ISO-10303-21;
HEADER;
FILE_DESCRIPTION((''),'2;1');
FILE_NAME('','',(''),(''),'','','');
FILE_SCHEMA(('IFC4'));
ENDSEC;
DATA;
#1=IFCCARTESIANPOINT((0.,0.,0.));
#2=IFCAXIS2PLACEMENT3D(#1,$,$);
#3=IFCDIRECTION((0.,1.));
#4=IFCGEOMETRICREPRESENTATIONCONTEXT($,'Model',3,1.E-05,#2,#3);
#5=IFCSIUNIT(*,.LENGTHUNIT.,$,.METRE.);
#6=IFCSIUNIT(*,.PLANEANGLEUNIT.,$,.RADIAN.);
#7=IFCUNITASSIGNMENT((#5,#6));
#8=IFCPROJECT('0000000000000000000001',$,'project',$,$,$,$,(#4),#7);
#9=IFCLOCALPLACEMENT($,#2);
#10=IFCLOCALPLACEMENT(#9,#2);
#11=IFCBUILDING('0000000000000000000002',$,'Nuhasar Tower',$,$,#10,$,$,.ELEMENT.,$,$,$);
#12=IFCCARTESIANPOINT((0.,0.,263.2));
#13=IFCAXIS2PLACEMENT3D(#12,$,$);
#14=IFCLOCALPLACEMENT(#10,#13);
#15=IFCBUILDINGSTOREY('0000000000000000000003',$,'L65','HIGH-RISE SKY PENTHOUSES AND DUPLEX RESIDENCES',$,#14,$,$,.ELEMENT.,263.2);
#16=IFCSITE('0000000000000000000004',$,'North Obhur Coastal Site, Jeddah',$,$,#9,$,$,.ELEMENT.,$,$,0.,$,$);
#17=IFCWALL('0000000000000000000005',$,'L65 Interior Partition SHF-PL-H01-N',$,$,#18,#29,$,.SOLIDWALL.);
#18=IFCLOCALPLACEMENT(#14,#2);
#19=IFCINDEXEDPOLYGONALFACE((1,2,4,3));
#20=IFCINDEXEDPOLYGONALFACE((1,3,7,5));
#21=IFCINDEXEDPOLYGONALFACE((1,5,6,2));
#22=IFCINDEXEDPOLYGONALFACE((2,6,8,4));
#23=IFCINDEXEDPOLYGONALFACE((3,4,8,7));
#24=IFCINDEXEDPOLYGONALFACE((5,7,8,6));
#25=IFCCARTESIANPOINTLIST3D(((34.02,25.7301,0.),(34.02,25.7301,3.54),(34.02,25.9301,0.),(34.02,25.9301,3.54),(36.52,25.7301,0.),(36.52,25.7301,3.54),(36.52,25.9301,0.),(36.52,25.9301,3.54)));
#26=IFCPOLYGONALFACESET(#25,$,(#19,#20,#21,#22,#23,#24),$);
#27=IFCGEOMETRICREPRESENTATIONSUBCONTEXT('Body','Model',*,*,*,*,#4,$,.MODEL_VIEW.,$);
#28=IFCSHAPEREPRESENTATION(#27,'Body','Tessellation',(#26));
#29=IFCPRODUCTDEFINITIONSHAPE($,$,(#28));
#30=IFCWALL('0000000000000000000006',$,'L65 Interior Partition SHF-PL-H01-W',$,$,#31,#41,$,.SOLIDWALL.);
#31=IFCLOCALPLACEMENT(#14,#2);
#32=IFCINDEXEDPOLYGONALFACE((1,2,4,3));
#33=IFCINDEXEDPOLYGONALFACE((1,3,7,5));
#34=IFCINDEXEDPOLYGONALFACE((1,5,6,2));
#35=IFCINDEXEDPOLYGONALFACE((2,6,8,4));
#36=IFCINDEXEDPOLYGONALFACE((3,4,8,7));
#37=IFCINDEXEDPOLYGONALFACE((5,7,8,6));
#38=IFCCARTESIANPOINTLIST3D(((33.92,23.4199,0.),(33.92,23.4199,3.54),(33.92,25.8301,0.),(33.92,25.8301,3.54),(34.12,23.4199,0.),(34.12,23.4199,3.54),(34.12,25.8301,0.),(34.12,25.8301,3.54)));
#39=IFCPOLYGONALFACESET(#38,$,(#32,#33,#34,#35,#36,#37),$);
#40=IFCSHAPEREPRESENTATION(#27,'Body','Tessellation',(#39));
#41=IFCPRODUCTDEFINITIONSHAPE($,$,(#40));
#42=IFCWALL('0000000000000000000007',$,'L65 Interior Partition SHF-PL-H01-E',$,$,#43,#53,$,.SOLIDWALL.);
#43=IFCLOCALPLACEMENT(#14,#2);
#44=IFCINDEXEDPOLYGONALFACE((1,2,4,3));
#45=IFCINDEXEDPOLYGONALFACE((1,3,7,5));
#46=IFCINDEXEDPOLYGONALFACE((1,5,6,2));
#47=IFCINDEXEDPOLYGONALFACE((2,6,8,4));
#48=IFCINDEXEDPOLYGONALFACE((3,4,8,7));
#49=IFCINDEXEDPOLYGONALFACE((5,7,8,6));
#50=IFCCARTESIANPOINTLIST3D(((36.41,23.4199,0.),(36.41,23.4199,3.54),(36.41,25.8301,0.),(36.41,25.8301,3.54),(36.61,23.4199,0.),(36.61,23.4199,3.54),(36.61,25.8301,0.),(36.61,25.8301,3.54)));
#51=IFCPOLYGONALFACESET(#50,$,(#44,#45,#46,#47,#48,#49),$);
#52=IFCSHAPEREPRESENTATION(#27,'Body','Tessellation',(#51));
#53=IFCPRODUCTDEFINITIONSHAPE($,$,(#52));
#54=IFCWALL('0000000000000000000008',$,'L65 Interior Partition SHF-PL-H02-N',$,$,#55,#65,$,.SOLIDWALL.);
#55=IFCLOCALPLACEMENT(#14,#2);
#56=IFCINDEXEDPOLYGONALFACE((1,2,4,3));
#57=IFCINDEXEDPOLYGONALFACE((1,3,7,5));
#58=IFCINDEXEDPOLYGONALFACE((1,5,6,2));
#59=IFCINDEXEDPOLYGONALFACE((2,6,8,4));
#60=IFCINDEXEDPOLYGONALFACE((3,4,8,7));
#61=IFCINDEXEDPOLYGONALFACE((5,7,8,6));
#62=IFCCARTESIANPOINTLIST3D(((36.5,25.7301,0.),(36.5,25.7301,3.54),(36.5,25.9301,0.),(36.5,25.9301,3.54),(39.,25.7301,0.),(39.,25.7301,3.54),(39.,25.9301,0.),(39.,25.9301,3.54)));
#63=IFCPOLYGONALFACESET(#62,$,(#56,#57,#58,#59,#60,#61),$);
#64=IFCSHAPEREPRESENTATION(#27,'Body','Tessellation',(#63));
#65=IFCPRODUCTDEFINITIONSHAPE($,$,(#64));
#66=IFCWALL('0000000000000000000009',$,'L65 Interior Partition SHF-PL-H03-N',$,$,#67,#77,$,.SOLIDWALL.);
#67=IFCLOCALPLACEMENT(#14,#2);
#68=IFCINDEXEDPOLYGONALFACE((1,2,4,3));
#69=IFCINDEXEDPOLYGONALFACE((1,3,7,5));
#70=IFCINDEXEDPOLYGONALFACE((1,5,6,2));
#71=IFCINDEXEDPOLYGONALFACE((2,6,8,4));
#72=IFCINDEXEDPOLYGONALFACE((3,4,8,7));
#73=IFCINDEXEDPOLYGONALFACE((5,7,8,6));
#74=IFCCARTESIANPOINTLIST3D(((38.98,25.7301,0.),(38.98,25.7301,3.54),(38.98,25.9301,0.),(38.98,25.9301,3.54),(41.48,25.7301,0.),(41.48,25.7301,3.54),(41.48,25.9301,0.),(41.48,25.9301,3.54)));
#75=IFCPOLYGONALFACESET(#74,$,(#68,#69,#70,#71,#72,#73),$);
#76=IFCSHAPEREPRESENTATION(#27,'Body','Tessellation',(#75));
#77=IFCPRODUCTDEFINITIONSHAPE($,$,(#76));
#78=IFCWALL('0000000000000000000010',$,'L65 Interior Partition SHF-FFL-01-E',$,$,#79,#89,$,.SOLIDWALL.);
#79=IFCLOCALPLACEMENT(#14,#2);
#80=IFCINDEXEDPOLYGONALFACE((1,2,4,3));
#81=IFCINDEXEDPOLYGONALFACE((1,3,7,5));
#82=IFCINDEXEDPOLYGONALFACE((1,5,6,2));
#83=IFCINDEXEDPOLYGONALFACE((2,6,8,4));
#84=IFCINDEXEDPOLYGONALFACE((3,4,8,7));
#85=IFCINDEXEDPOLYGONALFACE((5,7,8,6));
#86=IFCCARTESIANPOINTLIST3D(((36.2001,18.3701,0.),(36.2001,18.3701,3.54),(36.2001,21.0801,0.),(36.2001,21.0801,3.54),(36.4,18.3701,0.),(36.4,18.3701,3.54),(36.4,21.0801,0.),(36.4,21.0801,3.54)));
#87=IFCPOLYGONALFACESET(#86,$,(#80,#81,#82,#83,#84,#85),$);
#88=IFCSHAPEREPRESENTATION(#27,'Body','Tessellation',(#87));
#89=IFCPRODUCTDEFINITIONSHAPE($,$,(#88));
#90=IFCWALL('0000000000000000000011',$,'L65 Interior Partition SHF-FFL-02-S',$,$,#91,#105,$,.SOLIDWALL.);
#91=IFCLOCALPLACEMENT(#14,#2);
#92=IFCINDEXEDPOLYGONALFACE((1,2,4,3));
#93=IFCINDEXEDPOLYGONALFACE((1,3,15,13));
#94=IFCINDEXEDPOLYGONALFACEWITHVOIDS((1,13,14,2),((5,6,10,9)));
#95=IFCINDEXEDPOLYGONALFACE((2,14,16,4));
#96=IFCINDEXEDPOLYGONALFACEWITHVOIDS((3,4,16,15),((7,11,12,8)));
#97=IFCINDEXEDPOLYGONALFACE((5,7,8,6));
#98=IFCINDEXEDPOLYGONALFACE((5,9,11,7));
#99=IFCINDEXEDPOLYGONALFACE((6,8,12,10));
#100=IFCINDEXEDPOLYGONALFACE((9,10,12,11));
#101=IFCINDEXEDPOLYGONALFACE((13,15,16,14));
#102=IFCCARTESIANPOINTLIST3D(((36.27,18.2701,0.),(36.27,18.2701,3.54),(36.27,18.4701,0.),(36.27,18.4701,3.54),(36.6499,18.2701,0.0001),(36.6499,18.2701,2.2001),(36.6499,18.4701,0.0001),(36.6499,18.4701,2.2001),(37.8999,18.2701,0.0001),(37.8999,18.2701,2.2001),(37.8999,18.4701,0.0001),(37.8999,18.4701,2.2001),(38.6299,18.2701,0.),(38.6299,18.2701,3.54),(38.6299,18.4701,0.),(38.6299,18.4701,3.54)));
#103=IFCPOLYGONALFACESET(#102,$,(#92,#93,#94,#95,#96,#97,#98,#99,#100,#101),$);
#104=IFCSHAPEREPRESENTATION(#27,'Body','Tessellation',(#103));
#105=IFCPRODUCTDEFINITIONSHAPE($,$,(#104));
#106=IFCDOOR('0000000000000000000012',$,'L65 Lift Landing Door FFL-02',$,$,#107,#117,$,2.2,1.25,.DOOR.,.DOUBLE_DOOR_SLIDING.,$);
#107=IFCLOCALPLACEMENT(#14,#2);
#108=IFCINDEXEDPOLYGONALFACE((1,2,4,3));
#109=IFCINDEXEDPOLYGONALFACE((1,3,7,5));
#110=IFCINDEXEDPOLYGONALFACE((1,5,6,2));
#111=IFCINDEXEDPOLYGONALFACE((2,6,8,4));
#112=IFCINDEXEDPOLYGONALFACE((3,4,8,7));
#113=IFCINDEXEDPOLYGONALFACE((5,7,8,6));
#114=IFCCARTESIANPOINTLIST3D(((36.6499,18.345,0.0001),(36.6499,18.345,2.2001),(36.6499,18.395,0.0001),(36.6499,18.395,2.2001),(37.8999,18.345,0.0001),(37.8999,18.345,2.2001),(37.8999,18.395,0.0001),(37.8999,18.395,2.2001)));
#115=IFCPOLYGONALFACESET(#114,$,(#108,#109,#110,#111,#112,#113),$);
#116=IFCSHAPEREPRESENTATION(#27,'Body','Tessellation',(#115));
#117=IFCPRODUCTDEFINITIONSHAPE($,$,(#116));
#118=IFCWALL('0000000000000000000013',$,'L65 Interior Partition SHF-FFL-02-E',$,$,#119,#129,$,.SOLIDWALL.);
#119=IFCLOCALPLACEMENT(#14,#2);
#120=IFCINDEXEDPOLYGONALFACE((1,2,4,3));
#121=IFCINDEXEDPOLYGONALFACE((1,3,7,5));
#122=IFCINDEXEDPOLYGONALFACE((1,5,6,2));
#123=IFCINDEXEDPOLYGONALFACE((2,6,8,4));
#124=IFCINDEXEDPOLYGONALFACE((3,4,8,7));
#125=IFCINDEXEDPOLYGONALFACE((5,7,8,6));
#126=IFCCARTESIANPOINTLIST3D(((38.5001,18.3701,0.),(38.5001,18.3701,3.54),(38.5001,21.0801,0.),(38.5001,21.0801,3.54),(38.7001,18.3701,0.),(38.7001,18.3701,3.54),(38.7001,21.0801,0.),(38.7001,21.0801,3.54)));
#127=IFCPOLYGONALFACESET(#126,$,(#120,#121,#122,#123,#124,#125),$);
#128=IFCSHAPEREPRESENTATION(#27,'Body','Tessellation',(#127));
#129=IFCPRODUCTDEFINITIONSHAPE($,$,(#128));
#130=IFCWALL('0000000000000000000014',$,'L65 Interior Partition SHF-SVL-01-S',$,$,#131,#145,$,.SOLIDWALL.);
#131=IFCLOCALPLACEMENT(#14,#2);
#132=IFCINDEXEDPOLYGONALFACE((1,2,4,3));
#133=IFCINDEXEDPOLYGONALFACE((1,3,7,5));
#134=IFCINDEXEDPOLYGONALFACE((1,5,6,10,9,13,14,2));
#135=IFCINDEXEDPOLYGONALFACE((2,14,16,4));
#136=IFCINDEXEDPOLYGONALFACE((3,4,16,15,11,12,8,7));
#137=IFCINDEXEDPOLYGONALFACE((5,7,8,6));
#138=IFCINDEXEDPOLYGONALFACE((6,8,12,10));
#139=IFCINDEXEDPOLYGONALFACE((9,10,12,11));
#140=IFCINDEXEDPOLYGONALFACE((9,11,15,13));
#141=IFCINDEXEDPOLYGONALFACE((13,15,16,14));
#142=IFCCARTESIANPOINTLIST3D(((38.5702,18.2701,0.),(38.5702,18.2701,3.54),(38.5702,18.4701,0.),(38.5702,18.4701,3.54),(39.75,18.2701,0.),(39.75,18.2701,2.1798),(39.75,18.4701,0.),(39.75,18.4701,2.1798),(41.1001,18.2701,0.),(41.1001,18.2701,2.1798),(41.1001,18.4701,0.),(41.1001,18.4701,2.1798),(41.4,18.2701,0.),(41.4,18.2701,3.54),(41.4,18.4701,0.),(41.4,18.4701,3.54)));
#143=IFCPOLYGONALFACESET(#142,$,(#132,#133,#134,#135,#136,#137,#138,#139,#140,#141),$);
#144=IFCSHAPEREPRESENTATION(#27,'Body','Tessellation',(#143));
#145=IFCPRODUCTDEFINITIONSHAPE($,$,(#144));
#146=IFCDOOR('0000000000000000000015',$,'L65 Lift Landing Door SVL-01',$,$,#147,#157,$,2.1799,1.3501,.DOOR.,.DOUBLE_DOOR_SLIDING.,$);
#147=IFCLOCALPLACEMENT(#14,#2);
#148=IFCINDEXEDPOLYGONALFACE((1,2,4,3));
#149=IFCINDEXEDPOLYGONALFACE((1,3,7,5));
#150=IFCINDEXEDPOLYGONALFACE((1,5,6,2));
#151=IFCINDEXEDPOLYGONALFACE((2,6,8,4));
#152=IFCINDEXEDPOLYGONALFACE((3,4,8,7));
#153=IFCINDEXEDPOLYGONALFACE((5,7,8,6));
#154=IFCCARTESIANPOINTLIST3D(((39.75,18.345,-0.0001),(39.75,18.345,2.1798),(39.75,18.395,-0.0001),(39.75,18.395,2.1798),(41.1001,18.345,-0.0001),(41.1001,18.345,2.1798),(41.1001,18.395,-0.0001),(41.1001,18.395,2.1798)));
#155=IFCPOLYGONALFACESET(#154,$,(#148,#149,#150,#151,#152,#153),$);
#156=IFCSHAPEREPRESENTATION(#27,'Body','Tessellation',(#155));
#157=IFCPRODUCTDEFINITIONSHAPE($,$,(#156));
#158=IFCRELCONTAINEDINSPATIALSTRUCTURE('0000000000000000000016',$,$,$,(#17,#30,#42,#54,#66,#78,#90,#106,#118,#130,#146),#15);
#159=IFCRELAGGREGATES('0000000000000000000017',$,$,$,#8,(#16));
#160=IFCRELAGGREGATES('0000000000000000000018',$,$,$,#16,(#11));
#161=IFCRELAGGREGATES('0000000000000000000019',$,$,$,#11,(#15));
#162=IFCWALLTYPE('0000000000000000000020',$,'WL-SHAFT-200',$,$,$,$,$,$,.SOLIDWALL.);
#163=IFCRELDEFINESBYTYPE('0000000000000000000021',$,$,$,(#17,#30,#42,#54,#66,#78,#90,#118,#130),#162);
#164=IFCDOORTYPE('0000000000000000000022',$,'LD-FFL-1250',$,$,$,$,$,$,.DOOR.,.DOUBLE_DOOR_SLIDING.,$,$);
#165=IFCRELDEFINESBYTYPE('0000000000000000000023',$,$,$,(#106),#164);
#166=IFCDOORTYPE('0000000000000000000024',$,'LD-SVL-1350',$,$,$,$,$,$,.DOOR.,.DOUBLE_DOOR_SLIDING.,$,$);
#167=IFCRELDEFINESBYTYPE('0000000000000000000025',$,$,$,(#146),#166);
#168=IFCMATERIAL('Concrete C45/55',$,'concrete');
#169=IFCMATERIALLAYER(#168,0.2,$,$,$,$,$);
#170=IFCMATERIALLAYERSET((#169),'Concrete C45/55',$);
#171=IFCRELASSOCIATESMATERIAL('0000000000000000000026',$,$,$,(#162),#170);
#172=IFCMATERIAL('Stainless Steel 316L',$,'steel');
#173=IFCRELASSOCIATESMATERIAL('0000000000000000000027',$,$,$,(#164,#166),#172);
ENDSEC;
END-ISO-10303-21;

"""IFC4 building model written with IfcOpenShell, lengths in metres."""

from ifc_helpers import new_model, si_unit, direction, frame, frame_2d, origin, place, context, subcontext, project, spatial, rectangle, extrude, material, layer, layer_set, type_object, element, fill, save


model = new_model("IFC4")

# Units and contexts
model_context = context("Model", 3, precision=1e-05, world=origin(), true_north=direction((0.0, 1.0)))
body_context = subcontext(model_context, "Body", "Model", "MODEL_VIEW")
ifc_project = project(units=[si_unit("LENGTHUNIT", "METRE"), si_unit("PLANEANGLEUNIT", "RADIAN")], contexts=[model_context])

# Site, building, storey
site_placement = place(None, origin())
site = spatial("IfcSite", under=ifc_project, at=site_placement, Name="North Obhur Coastal Site, Jeddah", CompositionType="ELEMENT", RefElevation=0.0)
building_placement = place(site_placement, origin())
building = spatial("IfcBuilding", under=site, at=building_placement, Name="Nuhasar Tower", CompositionType="ELEMENT")
storey_placement = place(building_placement, frame((0.0, 0.0, 263.2)))
storey = spatial("IfcBuildingStorey", under=building, at=storey_placement, Name="L65", Description="HIGH-RISE SKY PENTHOUSES AND DUPLEX RESIDENCES", CompositionType="ELEMENT", Elevation=263.2)

# Shared definitions
ifc_material_1 = material(Name="Concrete C45/55", Category="concrete")
ifc_layer = layer(ifc_material_1, 0.2)
ifc_layer_set = layer_set([ifc_layer], Name="Concrete C45/55")
wall_type = type_object("IfcWallType", Name="WL-SHAFT-200", PredefinedType="SOLIDWALL", material=ifc_layer_set)
ifc_material_2 = material(Name="Stainless Steel 316L", Category="steel")

# Walls
wall_1_placement = place(storey_placement, frame((34.02, 25.8301, 0.0), z_axis=(0.0, 0.0, 1.0), x_axis=(1.0, 0.0, 0.0)))
element("IfcWall", 1, at=wall_1_placement, inside=storey, type_object=wall_type, Name="L65 Interior Partition SHF-PL-H01-N", PredefinedType="SOLIDWALL", context=body_context, shape_type="SweptSolid", body=[
    extrude(rectangle(XDim=2.5, YDim=0.2, at=frame_2d((1.25, 0.0))), origin(), (0.0, 0.0, 1.0), 3.54),
])
for number, where, z_axis, x_axis, name in (
    (2, (34.02, 23.4199, 0.0), (0.0, 0.0, 1.0), (0.0, 1.0, 0.0), "L65 Interior Partition SHF-PL-H01-W"),
    (3, (36.51, 23.4199, 0.0), (0.0, 0.0, 1.0), (0.0, 1.0, 0.0), "L65 Interior Partition SHF-PL-H01-E"),
):
    element("IfcWall", number, at=place(storey_placement, frame(where, z_axis=z_axis, x_axis=x_axis)), inside=storey, type_object=wall_type, Name=name, PredefinedType="SOLIDWALL", context=body_context, shape_type="SweptSolid", body=[
        extrude(rectangle(XDim=2.4102, YDim=0.2, at=frame_2d((1.2051, 0.0))), origin(), (0.0, 0.0, 1.0), 3.54),
    ])

# Wall
wall_2_placement = place(storey_placement, frame((36.5, 25.8301, 0.0), z_axis=(0.0, 0.0, 1.0), x_axis=(1.0, 0.0, 0.0)))
element("IfcWall", 4, at=wall_2_placement, inside=storey, type_object=wall_type, Name="L65 Interior Partition SHF-PL-H02-N", PredefinedType="SOLIDWALL", context=body_context, shape_type="SweptSolid", body=[
    extrude(rectangle(XDim=2.5, YDim=0.2, at=frame_2d((1.25, 0.0))), origin(), (0.0, 0.0, 1.0), 3.54),
])

# Walls
wall_3_placement = place(storey_placement, frame((38.98, 25.8301, 0.0), z_axis=(0.0, 0.0, 1.0), x_axis=(1.0, 0.0, 0.0)))
element("IfcWall", 5, at=wall_3_placement, inside=storey, type_object=wall_type, Name="L65 Interior Partition SHF-PL-H03-N", PredefinedType="SOLIDWALL", context=body_context, shape_type="SweptSolid", body=[
    extrude(rectangle(XDim=2.5, YDim=0.2, at=frame_2d((1.25, 0.0))), origin(), (0.0, 0.0, 1.0), 3.54),
])
wall_4_placement = place(storey_placement, frame((36.3, 18.3701, 0.0), z_axis=(0.0, 0.0, 1.0), x_axis=(0.0, 1.0, 0.0)))
element("IfcWall", 6, at=wall_4_placement, inside=storey, type_object=wall_type, Name="L65 Interior Partition SHF-FFL-01-E", PredefinedType="SOLIDWALL", context=body_context, shape_type="SweptSolid", body=[
    extrude(rectangle(XDim=2.71, YDim=0.2, at=frame_2d((1.355, 0.0))), origin(), (0.0, 0.0, 1.0), 3.54),
])

# Wall, opening, door
wall_5_placement = place(storey_placement, frame((36.27, 18.3701, 0.0), z_axis=(0.0, 0.0, 1.0), x_axis=(1.0, 0.0, 0.0)))
wall_5 = element("IfcWall", 7, at=wall_5_placement, inside=storey, type_object=wall_type, Name="L65 Interior Partition SHF-FFL-02-S", PredefinedType="SOLIDWALL", context=body_context, shape_type="SweptSolid", body=[
    extrude(rectangle(XDim=2.3599, YDim=0.2, at=frame_2d((1.1799, 0.0))), origin(), (0.0, 0.0, 1.0), 3.54),
])
opening_1_placement = place(wall_5_placement, frame((0.3799, 0.0, 0.0)))
opening_1 = element("IfcOpeningElement", 8, at=opening_1_placement, cuts=wall_5, PredefinedType="OPENING", context=body_context, shape_type="SweptSolid", body=[
    extrude(rectangle(XDim=1.25, YDim=2.2, at=frame_2d((0.625, 1.1001))), frame((0.0, 0.1099, 0.0), z_axis=(0.0, -1.0, 0.0), x_axis=(1.0, 0.0, 0.0)), (0.0, 0.0, 1.0), 0.22),
])
door_type_1 = type_object("IfcDoorType", Name="LD-FFL-1250", OperationType="DOUBLE_DOOR_SLIDING", PredefinedType="DOOR", material=ifc_material_2)
door_1_placement = place(opening_1_placement, origin())
door_1 = element("IfcDoor", 9, at=door_1_placement, inside=storey, type_object=door_type_1, Name="L65 Lift Landing Door FFL-02", OperationType="DOUBLE_DOOR_SLIDING", OverallHeight=2.2, OverallWidth=1.25, PredefinedType="DOOR", context=body_context, shape_type="SweptSolid", body=[
    extrude(rectangle(XDim=1.25, YDim=2.2, at=frame_2d((0.625, 1.1001))), frame((0.0, 0.0249, 0.0), z_axis=(0.0, -1.0, 0.0), x_axis=(1.0, 0.0, 0.0)), (0.0, 0.0, 1.0), 0.05),
])
fill(opening_1, door_1)

# Wall
wall_6_placement = place(storey_placement, frame((38.6001, 18.3701, 0.0), z_axis=(0.0, 0.0, 1.0), x_axis=(0.0, 1.0, 0.0)))
element("IfcWall", 10, at=wall_6_placement, inside=storey, type_object=wall_type, Name="L65 Interior Partition SHF-FFL-02-E", PredefinedType="SOLIDWALL", context=body_context, shape_type="SweptSolid", body=[
    extrude(rectangle(XDim=2.71, YDim=0.2, at=frame_2d((1.355, 0.0))), origin(), (0.0, 0.0, 1.0), 3.54),
])

# Wall, opening, door
wall_7_placement = place(storey_placement, frame((38.5701, 18.3701, 0.0), z_axis=(0.0, 0.0, 1.0), x_axis=(1.0, 0.0, 0.0)))
wall_7 = element("IfcWall", 11, at=wall_7_placement, inside=storey, type_object=wall_type, Name="L65 Interior Partition SHF-SVL-01-S", PredefinedType="SOLIDWALL", context=body_context, shape_type="SweptSolid", body=[
    extrude(rectangle(XDim=2.8298, YDim=0.2, at=frame_2d((1.415, 0.0))), origin(), (0.0, 0.0, 1.0), 3.54),
])
opening_2_placement = place(wall_7_placement, frame((1.1799, 0.0, 0.0)))
opening_2 = element("IfcOpeningElement", 12, at=opening_2_placement, cuts=wall_7, PredefinedType="OPENING", context=body_context, shape_type="SweptSolid", body=[
    extrude(rectangle(XDim=1.3501, YDim=2.1799, at=frame_2d((0.675, 1.0898))), frame((0.0, 0.1099, 0.0), z_axis=(0.0, -1.0, 0.0), x_axis=(1.0, 0.0, 0.0)), (0.0, 0.0, 1.0), 0.22),
])
door_type_2 = type_object("IfcDoorType", Name="LD-SVL-1350", OperationType="DOUBLE_DOOR_SLIDING", PredefinedType="DOOR", material=ifc_material_2)
door_2_placement = place(opening_2_placement, origin())
door_2 = element("IfcDoor", 13, at=door_2_placement, inside=storey, type_object=door_type_2, Name="L65 Lift Landing Door SVL-01", OperationType="DOUBLE_DOOR_SLIDING", OverallHeight=2.1799, OverallWidth=1.3501, PredefinedType="DOOR", context=body_context, shape_type="SweptSolid", body=[
    extrude(rectangle(XDim=1.3501, YDim=2.1799, at=frame_2d((0.675, 1.0898))), frame((0.0, 0.0249, 0.0), z_axis=(0.0, -1.0, 0.0), x_axis=(1.0, 0.0, 0.0)), (0.0, 0.0, 1.0), 0.05),
])
fill(opening_2, door_2)

save(model, "model.ifc")
